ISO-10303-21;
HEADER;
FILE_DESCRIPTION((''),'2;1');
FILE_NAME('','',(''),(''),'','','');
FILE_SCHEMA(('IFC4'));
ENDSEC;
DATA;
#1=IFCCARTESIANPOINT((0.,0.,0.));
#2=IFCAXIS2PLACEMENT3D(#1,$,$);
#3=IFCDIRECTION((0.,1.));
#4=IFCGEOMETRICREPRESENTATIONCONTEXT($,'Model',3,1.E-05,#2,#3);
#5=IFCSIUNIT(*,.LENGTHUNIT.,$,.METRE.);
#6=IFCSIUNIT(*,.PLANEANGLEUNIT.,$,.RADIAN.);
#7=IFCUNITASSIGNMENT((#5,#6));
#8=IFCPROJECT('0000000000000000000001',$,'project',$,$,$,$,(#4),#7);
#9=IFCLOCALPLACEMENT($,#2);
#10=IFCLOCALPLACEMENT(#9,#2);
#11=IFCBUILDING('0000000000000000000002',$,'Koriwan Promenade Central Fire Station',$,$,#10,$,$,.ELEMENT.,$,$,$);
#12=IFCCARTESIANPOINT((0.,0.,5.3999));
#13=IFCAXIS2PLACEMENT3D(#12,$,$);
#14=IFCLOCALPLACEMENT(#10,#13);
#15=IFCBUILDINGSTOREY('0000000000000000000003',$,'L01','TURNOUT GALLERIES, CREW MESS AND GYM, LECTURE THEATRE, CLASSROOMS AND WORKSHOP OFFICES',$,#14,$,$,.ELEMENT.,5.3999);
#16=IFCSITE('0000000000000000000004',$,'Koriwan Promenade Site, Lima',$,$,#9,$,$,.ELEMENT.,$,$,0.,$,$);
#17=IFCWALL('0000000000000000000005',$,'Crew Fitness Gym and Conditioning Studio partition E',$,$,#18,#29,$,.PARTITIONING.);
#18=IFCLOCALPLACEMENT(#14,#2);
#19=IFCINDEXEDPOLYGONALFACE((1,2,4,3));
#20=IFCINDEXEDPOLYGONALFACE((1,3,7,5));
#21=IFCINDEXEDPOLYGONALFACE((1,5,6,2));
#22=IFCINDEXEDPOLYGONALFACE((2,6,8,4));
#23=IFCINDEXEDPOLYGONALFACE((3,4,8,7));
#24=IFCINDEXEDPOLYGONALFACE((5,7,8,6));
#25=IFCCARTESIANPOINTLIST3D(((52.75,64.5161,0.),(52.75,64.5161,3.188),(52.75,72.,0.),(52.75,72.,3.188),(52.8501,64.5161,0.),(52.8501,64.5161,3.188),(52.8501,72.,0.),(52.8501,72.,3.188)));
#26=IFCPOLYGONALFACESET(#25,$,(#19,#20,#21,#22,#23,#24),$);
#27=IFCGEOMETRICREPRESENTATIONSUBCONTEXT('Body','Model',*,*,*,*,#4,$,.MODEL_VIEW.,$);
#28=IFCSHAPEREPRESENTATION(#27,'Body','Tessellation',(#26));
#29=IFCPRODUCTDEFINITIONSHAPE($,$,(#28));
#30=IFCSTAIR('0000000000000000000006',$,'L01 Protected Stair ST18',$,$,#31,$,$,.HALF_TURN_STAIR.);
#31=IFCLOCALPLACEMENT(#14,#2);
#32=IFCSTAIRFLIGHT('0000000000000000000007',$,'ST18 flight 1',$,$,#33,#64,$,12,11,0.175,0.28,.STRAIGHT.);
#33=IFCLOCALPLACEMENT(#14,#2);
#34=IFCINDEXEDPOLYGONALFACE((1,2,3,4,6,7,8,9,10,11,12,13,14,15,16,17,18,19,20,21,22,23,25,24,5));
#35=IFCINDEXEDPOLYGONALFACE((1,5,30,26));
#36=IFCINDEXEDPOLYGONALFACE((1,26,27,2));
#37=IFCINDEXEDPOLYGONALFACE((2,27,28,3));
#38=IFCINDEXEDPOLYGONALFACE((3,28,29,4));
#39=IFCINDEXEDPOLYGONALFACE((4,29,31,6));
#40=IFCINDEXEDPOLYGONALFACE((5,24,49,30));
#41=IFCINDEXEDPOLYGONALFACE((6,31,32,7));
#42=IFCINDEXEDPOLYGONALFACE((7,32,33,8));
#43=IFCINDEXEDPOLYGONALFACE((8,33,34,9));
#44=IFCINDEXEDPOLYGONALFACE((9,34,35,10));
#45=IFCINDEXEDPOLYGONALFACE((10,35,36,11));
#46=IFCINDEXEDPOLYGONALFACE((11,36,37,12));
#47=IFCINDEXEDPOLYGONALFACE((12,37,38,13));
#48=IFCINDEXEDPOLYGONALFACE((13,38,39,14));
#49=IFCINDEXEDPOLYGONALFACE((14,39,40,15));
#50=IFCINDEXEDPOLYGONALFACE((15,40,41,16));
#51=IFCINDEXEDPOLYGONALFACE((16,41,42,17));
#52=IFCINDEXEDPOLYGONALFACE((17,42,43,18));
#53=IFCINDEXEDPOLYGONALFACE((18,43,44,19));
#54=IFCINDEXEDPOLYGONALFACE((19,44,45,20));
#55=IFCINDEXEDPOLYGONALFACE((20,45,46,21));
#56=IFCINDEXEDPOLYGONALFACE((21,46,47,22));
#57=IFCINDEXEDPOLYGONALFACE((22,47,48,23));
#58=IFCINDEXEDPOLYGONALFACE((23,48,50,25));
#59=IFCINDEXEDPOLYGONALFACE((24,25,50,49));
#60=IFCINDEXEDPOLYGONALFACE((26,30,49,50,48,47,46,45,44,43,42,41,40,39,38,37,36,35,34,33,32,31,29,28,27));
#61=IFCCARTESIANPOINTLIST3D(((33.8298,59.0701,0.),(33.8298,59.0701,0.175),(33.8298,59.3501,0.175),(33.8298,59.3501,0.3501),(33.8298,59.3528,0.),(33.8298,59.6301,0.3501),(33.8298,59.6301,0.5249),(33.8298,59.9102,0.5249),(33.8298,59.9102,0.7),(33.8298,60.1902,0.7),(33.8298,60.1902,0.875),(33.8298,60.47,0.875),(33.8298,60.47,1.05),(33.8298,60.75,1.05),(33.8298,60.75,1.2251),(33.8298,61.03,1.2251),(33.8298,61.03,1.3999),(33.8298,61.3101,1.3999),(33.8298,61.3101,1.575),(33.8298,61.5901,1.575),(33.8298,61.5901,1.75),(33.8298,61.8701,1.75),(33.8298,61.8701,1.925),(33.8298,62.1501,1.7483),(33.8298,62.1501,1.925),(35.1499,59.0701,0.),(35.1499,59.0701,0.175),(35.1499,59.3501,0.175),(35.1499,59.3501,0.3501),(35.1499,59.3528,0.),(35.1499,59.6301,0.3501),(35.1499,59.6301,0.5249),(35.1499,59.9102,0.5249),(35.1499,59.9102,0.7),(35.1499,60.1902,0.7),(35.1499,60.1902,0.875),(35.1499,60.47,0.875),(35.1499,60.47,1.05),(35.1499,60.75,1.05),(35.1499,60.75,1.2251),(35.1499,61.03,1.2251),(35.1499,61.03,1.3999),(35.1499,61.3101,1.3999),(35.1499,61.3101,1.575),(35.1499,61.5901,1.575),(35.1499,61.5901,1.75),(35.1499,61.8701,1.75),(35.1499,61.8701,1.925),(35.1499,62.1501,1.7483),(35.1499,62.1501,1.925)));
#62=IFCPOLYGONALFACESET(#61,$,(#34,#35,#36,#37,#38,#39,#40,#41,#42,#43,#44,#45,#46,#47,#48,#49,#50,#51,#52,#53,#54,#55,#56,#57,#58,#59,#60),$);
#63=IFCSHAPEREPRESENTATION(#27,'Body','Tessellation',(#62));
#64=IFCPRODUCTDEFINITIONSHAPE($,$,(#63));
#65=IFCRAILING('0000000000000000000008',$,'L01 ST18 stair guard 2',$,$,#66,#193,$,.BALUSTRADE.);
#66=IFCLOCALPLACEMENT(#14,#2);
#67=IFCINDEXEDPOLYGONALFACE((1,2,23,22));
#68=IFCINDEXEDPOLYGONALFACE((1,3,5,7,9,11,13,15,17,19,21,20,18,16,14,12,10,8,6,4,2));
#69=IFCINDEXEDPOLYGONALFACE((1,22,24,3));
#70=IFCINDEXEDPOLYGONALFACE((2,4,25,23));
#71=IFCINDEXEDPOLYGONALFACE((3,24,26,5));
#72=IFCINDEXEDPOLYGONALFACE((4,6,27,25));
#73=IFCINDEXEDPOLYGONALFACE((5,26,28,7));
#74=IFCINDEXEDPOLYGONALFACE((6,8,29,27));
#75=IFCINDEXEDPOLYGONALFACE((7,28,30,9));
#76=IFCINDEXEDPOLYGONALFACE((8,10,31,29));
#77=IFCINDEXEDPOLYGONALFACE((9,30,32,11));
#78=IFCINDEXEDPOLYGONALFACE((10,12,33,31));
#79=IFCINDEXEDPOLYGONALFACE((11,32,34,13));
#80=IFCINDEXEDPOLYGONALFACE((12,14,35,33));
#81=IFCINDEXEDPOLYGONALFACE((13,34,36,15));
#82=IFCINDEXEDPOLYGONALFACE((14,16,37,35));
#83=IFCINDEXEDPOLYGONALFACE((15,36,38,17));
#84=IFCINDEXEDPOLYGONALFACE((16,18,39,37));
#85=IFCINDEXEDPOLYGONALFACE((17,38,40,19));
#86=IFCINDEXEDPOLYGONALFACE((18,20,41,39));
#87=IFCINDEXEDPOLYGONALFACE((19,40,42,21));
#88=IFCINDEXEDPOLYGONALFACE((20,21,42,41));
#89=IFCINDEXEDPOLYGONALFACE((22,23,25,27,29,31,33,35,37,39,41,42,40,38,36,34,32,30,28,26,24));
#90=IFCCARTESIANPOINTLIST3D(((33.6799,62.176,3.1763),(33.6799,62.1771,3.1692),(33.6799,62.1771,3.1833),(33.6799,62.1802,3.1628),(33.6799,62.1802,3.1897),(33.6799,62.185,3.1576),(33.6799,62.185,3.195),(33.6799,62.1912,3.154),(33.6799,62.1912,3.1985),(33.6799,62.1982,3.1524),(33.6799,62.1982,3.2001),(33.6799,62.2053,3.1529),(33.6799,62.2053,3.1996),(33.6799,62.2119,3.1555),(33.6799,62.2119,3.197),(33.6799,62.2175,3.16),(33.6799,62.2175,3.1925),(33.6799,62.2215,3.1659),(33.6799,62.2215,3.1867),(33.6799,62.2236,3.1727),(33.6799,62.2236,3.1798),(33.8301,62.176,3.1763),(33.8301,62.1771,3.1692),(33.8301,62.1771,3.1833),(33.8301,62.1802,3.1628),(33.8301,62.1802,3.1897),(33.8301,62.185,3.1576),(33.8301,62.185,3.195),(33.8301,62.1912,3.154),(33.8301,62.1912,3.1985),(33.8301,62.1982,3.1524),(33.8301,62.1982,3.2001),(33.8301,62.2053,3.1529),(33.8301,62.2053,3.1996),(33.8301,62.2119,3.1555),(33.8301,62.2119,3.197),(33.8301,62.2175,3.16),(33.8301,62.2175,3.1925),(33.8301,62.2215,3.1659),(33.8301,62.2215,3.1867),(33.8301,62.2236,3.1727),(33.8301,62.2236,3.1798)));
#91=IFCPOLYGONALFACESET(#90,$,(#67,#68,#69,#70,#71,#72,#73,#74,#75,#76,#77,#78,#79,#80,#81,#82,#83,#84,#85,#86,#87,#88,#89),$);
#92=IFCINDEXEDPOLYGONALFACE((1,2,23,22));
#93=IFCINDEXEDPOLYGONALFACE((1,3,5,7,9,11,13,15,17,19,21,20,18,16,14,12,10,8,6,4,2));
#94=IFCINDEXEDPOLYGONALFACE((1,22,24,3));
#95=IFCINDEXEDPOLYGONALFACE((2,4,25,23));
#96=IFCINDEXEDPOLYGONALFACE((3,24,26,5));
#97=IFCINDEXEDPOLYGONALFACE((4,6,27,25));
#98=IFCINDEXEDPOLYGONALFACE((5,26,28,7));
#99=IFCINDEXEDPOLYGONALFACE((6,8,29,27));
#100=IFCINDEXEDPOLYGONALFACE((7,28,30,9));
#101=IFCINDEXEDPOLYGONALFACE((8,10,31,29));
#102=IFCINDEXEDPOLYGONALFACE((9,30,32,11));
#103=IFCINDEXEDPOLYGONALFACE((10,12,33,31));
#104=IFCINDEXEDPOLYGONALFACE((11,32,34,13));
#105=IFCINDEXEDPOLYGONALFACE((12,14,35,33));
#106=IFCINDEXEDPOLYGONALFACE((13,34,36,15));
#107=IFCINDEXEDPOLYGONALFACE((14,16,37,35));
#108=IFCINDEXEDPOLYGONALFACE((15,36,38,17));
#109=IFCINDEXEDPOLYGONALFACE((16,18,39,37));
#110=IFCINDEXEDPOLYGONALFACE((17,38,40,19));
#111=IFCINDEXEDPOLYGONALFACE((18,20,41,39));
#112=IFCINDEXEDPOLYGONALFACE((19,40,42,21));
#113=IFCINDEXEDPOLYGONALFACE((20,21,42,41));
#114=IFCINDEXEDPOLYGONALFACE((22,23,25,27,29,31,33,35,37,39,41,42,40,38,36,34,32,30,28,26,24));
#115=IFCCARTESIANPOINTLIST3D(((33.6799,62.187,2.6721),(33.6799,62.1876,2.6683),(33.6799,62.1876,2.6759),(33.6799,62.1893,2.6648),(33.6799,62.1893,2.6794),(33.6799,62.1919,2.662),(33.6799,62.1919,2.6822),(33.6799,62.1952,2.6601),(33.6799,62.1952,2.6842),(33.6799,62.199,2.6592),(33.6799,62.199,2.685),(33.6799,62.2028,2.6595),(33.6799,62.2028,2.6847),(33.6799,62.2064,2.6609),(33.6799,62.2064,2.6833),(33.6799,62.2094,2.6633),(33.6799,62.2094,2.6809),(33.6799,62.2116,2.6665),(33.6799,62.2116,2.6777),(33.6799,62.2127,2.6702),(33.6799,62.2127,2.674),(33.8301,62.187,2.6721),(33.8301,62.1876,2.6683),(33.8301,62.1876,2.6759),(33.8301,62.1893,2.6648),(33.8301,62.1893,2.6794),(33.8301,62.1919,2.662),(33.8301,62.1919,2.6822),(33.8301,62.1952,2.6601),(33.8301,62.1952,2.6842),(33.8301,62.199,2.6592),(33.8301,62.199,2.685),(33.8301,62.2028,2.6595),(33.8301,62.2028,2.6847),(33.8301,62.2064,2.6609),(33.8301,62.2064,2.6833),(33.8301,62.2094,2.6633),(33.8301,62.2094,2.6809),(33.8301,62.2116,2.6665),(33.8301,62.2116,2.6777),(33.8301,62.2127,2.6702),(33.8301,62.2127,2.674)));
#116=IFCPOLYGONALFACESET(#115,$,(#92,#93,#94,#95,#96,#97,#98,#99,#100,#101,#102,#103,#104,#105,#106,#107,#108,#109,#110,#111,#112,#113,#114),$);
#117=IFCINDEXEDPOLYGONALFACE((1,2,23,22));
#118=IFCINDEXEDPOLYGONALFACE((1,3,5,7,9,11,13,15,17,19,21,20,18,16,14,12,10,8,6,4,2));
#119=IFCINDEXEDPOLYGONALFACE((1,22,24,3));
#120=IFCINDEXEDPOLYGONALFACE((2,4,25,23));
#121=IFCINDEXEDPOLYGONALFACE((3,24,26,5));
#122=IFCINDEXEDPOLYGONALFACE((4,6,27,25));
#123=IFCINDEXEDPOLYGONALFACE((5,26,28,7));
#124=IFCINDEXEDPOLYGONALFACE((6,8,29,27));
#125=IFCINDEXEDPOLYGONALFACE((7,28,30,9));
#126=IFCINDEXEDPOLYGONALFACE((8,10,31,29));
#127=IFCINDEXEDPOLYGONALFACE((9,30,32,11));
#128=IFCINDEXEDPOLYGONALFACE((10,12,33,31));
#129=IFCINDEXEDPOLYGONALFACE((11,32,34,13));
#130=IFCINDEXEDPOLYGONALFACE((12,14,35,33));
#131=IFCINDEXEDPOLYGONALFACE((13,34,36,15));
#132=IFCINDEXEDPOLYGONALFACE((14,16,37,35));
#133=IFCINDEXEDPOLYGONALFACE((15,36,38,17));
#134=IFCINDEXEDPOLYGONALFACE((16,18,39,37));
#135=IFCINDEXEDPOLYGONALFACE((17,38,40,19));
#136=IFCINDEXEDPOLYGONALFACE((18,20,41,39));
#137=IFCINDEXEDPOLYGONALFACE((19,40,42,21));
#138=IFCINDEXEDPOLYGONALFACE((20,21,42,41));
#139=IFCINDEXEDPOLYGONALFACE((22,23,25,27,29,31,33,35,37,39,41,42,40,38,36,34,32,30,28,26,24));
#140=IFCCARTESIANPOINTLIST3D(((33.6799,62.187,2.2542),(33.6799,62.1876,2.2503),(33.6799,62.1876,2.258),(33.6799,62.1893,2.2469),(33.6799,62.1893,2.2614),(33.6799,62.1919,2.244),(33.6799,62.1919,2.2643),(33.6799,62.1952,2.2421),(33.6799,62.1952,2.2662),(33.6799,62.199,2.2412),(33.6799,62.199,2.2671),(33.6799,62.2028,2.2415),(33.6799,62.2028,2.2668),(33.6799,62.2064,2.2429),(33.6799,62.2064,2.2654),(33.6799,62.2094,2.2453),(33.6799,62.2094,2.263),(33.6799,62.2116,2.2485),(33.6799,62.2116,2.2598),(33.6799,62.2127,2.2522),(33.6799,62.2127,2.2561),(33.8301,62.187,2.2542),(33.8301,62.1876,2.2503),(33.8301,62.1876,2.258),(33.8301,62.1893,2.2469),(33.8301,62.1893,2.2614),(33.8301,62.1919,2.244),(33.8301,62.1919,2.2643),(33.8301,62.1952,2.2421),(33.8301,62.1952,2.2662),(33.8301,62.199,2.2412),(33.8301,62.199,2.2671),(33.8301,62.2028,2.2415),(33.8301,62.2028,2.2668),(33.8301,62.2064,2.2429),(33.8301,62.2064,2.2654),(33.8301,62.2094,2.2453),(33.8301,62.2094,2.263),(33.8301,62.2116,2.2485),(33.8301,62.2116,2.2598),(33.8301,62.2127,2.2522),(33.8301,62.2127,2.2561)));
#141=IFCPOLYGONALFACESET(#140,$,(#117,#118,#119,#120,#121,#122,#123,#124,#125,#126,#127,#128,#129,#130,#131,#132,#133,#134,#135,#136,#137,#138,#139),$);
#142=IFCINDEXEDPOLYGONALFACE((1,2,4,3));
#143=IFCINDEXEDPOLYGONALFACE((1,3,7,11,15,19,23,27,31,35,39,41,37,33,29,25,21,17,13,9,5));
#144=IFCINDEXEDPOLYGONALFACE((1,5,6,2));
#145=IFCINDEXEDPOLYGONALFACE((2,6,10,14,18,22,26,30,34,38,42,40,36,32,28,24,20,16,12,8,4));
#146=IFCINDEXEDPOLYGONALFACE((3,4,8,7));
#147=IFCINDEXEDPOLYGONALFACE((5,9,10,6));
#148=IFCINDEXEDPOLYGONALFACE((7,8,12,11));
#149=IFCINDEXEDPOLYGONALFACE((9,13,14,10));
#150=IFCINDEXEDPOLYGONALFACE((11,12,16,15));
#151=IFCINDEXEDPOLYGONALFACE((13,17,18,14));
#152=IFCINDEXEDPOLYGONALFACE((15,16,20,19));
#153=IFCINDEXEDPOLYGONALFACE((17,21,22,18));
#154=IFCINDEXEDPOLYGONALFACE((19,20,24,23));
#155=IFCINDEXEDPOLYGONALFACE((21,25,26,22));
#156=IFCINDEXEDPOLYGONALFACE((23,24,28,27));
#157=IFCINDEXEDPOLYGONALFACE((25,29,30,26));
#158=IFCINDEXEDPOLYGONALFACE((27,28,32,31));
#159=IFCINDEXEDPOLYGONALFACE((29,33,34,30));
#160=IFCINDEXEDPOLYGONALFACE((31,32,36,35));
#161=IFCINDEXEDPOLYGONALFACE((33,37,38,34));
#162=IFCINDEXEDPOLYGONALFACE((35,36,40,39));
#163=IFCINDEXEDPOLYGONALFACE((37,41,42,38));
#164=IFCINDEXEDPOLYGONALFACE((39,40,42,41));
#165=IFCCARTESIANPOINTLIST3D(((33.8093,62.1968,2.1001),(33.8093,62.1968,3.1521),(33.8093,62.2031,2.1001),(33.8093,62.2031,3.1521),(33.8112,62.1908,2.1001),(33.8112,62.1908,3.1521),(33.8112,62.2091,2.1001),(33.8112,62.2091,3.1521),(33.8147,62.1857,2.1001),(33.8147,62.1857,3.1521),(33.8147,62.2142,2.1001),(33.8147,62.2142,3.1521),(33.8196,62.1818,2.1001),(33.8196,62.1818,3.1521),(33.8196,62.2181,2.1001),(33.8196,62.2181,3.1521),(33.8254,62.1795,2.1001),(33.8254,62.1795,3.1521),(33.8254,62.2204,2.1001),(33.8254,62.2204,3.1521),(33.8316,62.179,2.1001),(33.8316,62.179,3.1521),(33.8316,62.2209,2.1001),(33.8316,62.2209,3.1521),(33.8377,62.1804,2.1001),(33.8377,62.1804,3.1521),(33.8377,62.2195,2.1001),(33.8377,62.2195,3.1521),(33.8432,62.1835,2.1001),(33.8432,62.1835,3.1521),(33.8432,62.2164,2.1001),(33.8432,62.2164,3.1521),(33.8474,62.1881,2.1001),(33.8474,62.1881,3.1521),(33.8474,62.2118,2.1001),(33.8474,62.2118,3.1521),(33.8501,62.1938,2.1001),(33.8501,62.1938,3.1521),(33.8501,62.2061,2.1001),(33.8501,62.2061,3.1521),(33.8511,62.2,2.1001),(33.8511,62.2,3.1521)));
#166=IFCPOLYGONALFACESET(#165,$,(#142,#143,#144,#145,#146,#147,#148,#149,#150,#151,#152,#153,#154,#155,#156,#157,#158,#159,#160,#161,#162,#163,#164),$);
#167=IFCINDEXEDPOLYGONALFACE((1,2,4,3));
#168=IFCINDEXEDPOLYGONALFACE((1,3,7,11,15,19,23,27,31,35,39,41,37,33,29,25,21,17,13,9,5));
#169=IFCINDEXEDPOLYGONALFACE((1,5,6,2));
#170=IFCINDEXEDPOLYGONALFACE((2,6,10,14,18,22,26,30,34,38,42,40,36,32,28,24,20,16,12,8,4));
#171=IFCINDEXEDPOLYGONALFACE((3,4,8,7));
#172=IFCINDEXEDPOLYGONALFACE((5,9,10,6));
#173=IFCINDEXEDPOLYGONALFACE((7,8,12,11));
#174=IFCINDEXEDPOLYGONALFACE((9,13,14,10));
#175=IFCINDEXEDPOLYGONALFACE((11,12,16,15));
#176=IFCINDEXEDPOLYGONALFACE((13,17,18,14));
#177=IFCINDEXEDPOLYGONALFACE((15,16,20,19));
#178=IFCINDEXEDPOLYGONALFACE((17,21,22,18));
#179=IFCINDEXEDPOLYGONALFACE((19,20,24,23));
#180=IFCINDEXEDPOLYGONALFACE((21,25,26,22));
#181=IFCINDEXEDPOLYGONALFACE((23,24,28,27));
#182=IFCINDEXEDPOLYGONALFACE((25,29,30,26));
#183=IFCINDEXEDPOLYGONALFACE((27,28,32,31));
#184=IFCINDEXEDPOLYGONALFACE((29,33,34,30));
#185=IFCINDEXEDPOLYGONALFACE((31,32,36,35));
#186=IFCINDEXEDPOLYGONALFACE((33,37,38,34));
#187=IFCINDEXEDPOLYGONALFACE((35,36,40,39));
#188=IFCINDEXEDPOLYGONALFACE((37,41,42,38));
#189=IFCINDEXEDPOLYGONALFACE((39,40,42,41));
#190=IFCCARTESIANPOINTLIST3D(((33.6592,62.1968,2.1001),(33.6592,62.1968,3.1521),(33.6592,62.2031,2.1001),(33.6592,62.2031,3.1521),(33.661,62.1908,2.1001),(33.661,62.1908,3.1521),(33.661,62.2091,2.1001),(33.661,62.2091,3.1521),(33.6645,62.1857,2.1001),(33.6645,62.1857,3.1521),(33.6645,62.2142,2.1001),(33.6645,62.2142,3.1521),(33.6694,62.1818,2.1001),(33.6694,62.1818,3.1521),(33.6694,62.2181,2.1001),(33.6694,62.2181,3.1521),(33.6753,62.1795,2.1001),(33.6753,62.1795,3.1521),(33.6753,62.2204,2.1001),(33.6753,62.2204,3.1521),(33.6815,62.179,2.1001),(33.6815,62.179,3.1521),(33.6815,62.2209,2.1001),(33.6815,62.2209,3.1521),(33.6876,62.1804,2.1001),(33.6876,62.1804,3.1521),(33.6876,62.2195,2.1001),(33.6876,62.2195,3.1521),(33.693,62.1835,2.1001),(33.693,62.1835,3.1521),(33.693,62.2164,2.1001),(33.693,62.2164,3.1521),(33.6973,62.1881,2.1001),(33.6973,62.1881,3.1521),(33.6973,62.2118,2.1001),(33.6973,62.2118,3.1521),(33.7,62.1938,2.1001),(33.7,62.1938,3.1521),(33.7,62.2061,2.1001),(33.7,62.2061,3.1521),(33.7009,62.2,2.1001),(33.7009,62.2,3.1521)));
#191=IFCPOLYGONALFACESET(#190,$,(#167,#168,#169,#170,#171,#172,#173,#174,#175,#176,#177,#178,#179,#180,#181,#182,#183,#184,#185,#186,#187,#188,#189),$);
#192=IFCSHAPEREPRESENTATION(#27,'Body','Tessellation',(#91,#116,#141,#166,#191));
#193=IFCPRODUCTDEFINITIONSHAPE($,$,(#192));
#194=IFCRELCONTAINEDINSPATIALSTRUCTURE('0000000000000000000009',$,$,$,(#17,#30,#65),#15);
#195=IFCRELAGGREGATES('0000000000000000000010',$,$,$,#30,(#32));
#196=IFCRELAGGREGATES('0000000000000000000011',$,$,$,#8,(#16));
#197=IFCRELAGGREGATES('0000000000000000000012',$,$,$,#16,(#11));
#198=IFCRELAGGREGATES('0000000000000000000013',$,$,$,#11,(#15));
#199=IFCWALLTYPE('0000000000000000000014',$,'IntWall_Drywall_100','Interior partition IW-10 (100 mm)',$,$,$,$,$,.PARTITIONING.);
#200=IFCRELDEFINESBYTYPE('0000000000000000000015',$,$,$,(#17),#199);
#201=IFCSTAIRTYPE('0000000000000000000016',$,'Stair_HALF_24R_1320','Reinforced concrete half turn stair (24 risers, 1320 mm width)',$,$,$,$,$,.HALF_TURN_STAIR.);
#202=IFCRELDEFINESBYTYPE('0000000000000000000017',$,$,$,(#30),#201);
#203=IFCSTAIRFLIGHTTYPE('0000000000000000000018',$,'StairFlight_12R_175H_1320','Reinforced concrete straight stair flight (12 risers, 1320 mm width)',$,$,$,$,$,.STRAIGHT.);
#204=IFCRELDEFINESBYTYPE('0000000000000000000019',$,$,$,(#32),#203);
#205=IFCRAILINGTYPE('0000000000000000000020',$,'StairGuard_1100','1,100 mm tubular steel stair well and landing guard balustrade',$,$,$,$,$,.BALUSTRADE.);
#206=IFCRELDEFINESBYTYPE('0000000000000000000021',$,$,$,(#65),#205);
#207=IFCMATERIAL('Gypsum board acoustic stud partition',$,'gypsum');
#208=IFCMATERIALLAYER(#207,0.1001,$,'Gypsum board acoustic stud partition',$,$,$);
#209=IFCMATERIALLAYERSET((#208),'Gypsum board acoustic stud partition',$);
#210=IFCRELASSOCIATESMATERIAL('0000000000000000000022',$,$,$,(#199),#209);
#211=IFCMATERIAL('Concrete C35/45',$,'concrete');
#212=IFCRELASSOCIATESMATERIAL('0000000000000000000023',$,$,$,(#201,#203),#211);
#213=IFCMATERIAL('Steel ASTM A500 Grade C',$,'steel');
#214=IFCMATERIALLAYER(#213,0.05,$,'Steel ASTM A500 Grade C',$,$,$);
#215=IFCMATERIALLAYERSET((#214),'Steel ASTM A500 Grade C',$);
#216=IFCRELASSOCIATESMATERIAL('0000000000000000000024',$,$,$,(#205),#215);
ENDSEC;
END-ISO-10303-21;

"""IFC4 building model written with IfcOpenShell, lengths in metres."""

from ifc_helpers import new_model, si_unit, direction, frame, frame_2d, origin, origin_2d, place, context, subcontext, project, spatial, polyline, rectangle, circle, outline, extrude, material, layer, layer_set, type_object, element, aggregate, save


model = new_model("IFC4")

# Units and contexts
model_context = context("Model", 3, precision=1e-05, world=origin(), true_north=direction((0.0, 1.0)))
body_context = subcontext(model_context, "Body", "Model", "MODEL_VIEW")
ifc_project = project(units=[si_unit("LENGTHUNIT", "METRE"), si_unit("PLANEANGLEUNIT", "RADIAN")], contexts=[model_context])

# Site, building, storey
site_placement = place(None, origin())
site = spatial("IfcSite", under=ifc_project, at=site_placement, Name="Koriwan Promenade Site, Lima", CompositionType="ELEMENT", RefElevation=0.0)
building_placement = place(site_placement, origin())
building = spatial("IfcBuilding", under=site, at=building_placement, Name="Koriwan Promenade Central Fire Station", CompositionType="ELEMENT")
storey_placement = place(building_placement, frame((0.0, 0.0, 5.3999)))
storey = spatial("IfcBuildingStorey", under=building, at=storey_placement, Name="L01", Description="TURNOUT GALLERIES, CREW MESS AND GYM, LECTURE THEATRE, CLASSROOMS AND WORKSHOP OFFICES", CompositionType="ELEMENT", Elevation=5.3999)

# Shared definitions
ifc_material_1 = material(Name="Concrete C35/45", Category="concrete")

# Wall
ifc_material_2 = material(Name="Gypsum board acoustic stud partition", Category="gypsum")
ifc_layer_1 = layer(ifc_material_2, 0.1001, Name="Gypsum board acoustic stud partition")
ifc_layer_set_1 = layer_set([ifc_layer_1], Name="Gypsum board acoustic stud partition")
wall_type_1 = type_object("IfcWallType", Name="IntWall_Drywall_100", Description="Interior partition IW-10 (100 mm)", PredefinedType="PARTITIONING", material=ifc_layer_set_1)
wall_1_placement = place(storey_placement, frame((52.8, 64.5161, 0.0), z_axis=(0.0, 0.0, 1.0), x_axis=(0.0, 1.0, 0.0)))
element("IfcWall", 1, at=wall_1_placement, inside=storey, type_object=wall_type_1, Name="Crew Fitness Gym and Conditioning Studio partition E", PredefinedType="PARTITIONING", context=body_context, shape_type="SweptSolid", body=[
    extrude(rectangle(XDim=7.4839, YDim=0.1001, at=frame_2d((3.7419, 0.0))), origin(), (0.0, 0.0, 1.0), 3.188),
])

# Stair, stair flight
stair_type = type_object("IfcStairType", Name="Stair_HALF_24R_1320", Description="Reinforced concrete half turn stair (24 risers, 1320 mm width)", PredefinedType="HALF_TURN_STAIR", material=ifc_material_1)
stair_placement = place(storey_placement, origin())
stair = element("IfcStair", 2, at=stair_placement, inside=storey, type_object=stair_type, Name="L01 Protected Stair ST18", PredefinedType="HALF_TURN_STAIR")
stair_flight_type = type_object("IfcStairFlightType", Name="StairFlight_12R_175H_1320", Description="Reinforced concrete straight stair flight (12 risers, 1320 mm width)", PredefinedType="STRAIGHT", material=ifc_material_1)
stair_flight_placement = place(storey_placement, frame((34.49, 59.0701, 0.0), z_axis=(0.0, 0.0, 1.0), x_axis=(0.0, 1.0, 0.0)))
stair_flight = element("IfcStairFlight", 3, at=stair_flight_placement, type_object=stair_flight_type, Name="ST18 flight 1", NumberOfRisers=12, NumberOfTreads=11, PredefinedType="STRAIGHT", RiserHeight=0.175, TreadLength=0.28, context=body_context, shape_type="SweptSolid", body=[
    extrude(outline(polyline([(0.0, 0.0), (0.0, 0.175), (0.28, 0.175), (0.28, 0.3501), (0.5601, 0.3501), (0.5601, 0.5249), (0.8401, 0.5249), (0.8401, 0.7), (1.1201, 0.7), (1.1201, 0.875), (1.3999, 0.875), (1.3999, 1.05), (1.6799, 1.05), (1.6799, 1.2251), (1.96, 1.2251), (1.96, 1.3999), (2.24, 1.3999), (2.24, 1.575), (2.52, 1.575), (2.52, 1.75), (2.8, 1.75), (2.8, 1.925), (3.0801, 1.925), (3.0801, 2.1001), (3.0801, 1.7483), (0.2827, 0.0), (0.0, 0.0)])), frame((0.0, 0.6602, 0.0), z_axis=(0.0, -1.0, 0.0), x_axis=(1.0, 0.0, 0.0)), (0.0, 0.0, 1.0), 1.3201),
])
aggregate(stair, [stair_flight])

# Railing
ifc_material_3 = material(Name="Steel ASTM A500 Grade C", Category="steel")
ifc_layer_2 = layer(ifc_material_3, 0.05, Name="Steel ASTM A500 Grade C")
ifc_layer_set_2 = layer_set([ifc_layer_2], Name="Steel ASTM A500 Grade C")
railing_type_1 = type_object("IfcRailingType", Name="StairGuard_1100", Description="1,100 mm tubular steel stair well and landing guard balustrade", PredefinedType="BALUSTRADE", material=ifc_layer_set_2)
for number, where, name in (
    (4, (33.8301, 62.2, 2.1001), "L01 ST18 stair guard 2"),
):
    element("IfcRailing", number, at=place(storey_placement, frame(where)), inside=storey, type_object=railing_type_1, Name=name, PredefinedType="BALUSTRADE", context=body_context, shape_type="SweptSolid", body=[
        extrude(circle(Radius=0.0239, at=origin_2d()), frame((0.0, 0.0, 1.0762), z_axis=(-1.0, 0.0, 0.0), x_axis=(0.0, -1.0, 0.0)), (0.0, 0.0, 1.0), 0.1501),
        extrude(circle(Radius=0.0129, at=origin_2d()), frame((0.0, 0.0, 0.572), z_axis=(-1.0, 0.0, 0.0), x_axis=(0.0, -1.0, 0.0)), (0.0, 0.0, 1.0), 0.1501),
        extrude(circle(Radius=0.0129, at=origin_2d()), frame((0.0, 0.0, 0.1541), z_axis=(-1.0, 0.0, 0.0), x_axis=(0.0, -1.0, 0.0)), (0.0, 0.0, 1.0), 0.1501),
        extrude(circle(Radius=0.021, at=origin_2d()), origin(), (0.0, 0.0, 1.0), 1.052),
        extrude(circle(Radius=0.021, at=origin_2d()), frame((-0.1501, 0.0, 0.0)), (0.0, 0.0, 1.0), 1.052),
    ])

save(model, "model.ifc")
